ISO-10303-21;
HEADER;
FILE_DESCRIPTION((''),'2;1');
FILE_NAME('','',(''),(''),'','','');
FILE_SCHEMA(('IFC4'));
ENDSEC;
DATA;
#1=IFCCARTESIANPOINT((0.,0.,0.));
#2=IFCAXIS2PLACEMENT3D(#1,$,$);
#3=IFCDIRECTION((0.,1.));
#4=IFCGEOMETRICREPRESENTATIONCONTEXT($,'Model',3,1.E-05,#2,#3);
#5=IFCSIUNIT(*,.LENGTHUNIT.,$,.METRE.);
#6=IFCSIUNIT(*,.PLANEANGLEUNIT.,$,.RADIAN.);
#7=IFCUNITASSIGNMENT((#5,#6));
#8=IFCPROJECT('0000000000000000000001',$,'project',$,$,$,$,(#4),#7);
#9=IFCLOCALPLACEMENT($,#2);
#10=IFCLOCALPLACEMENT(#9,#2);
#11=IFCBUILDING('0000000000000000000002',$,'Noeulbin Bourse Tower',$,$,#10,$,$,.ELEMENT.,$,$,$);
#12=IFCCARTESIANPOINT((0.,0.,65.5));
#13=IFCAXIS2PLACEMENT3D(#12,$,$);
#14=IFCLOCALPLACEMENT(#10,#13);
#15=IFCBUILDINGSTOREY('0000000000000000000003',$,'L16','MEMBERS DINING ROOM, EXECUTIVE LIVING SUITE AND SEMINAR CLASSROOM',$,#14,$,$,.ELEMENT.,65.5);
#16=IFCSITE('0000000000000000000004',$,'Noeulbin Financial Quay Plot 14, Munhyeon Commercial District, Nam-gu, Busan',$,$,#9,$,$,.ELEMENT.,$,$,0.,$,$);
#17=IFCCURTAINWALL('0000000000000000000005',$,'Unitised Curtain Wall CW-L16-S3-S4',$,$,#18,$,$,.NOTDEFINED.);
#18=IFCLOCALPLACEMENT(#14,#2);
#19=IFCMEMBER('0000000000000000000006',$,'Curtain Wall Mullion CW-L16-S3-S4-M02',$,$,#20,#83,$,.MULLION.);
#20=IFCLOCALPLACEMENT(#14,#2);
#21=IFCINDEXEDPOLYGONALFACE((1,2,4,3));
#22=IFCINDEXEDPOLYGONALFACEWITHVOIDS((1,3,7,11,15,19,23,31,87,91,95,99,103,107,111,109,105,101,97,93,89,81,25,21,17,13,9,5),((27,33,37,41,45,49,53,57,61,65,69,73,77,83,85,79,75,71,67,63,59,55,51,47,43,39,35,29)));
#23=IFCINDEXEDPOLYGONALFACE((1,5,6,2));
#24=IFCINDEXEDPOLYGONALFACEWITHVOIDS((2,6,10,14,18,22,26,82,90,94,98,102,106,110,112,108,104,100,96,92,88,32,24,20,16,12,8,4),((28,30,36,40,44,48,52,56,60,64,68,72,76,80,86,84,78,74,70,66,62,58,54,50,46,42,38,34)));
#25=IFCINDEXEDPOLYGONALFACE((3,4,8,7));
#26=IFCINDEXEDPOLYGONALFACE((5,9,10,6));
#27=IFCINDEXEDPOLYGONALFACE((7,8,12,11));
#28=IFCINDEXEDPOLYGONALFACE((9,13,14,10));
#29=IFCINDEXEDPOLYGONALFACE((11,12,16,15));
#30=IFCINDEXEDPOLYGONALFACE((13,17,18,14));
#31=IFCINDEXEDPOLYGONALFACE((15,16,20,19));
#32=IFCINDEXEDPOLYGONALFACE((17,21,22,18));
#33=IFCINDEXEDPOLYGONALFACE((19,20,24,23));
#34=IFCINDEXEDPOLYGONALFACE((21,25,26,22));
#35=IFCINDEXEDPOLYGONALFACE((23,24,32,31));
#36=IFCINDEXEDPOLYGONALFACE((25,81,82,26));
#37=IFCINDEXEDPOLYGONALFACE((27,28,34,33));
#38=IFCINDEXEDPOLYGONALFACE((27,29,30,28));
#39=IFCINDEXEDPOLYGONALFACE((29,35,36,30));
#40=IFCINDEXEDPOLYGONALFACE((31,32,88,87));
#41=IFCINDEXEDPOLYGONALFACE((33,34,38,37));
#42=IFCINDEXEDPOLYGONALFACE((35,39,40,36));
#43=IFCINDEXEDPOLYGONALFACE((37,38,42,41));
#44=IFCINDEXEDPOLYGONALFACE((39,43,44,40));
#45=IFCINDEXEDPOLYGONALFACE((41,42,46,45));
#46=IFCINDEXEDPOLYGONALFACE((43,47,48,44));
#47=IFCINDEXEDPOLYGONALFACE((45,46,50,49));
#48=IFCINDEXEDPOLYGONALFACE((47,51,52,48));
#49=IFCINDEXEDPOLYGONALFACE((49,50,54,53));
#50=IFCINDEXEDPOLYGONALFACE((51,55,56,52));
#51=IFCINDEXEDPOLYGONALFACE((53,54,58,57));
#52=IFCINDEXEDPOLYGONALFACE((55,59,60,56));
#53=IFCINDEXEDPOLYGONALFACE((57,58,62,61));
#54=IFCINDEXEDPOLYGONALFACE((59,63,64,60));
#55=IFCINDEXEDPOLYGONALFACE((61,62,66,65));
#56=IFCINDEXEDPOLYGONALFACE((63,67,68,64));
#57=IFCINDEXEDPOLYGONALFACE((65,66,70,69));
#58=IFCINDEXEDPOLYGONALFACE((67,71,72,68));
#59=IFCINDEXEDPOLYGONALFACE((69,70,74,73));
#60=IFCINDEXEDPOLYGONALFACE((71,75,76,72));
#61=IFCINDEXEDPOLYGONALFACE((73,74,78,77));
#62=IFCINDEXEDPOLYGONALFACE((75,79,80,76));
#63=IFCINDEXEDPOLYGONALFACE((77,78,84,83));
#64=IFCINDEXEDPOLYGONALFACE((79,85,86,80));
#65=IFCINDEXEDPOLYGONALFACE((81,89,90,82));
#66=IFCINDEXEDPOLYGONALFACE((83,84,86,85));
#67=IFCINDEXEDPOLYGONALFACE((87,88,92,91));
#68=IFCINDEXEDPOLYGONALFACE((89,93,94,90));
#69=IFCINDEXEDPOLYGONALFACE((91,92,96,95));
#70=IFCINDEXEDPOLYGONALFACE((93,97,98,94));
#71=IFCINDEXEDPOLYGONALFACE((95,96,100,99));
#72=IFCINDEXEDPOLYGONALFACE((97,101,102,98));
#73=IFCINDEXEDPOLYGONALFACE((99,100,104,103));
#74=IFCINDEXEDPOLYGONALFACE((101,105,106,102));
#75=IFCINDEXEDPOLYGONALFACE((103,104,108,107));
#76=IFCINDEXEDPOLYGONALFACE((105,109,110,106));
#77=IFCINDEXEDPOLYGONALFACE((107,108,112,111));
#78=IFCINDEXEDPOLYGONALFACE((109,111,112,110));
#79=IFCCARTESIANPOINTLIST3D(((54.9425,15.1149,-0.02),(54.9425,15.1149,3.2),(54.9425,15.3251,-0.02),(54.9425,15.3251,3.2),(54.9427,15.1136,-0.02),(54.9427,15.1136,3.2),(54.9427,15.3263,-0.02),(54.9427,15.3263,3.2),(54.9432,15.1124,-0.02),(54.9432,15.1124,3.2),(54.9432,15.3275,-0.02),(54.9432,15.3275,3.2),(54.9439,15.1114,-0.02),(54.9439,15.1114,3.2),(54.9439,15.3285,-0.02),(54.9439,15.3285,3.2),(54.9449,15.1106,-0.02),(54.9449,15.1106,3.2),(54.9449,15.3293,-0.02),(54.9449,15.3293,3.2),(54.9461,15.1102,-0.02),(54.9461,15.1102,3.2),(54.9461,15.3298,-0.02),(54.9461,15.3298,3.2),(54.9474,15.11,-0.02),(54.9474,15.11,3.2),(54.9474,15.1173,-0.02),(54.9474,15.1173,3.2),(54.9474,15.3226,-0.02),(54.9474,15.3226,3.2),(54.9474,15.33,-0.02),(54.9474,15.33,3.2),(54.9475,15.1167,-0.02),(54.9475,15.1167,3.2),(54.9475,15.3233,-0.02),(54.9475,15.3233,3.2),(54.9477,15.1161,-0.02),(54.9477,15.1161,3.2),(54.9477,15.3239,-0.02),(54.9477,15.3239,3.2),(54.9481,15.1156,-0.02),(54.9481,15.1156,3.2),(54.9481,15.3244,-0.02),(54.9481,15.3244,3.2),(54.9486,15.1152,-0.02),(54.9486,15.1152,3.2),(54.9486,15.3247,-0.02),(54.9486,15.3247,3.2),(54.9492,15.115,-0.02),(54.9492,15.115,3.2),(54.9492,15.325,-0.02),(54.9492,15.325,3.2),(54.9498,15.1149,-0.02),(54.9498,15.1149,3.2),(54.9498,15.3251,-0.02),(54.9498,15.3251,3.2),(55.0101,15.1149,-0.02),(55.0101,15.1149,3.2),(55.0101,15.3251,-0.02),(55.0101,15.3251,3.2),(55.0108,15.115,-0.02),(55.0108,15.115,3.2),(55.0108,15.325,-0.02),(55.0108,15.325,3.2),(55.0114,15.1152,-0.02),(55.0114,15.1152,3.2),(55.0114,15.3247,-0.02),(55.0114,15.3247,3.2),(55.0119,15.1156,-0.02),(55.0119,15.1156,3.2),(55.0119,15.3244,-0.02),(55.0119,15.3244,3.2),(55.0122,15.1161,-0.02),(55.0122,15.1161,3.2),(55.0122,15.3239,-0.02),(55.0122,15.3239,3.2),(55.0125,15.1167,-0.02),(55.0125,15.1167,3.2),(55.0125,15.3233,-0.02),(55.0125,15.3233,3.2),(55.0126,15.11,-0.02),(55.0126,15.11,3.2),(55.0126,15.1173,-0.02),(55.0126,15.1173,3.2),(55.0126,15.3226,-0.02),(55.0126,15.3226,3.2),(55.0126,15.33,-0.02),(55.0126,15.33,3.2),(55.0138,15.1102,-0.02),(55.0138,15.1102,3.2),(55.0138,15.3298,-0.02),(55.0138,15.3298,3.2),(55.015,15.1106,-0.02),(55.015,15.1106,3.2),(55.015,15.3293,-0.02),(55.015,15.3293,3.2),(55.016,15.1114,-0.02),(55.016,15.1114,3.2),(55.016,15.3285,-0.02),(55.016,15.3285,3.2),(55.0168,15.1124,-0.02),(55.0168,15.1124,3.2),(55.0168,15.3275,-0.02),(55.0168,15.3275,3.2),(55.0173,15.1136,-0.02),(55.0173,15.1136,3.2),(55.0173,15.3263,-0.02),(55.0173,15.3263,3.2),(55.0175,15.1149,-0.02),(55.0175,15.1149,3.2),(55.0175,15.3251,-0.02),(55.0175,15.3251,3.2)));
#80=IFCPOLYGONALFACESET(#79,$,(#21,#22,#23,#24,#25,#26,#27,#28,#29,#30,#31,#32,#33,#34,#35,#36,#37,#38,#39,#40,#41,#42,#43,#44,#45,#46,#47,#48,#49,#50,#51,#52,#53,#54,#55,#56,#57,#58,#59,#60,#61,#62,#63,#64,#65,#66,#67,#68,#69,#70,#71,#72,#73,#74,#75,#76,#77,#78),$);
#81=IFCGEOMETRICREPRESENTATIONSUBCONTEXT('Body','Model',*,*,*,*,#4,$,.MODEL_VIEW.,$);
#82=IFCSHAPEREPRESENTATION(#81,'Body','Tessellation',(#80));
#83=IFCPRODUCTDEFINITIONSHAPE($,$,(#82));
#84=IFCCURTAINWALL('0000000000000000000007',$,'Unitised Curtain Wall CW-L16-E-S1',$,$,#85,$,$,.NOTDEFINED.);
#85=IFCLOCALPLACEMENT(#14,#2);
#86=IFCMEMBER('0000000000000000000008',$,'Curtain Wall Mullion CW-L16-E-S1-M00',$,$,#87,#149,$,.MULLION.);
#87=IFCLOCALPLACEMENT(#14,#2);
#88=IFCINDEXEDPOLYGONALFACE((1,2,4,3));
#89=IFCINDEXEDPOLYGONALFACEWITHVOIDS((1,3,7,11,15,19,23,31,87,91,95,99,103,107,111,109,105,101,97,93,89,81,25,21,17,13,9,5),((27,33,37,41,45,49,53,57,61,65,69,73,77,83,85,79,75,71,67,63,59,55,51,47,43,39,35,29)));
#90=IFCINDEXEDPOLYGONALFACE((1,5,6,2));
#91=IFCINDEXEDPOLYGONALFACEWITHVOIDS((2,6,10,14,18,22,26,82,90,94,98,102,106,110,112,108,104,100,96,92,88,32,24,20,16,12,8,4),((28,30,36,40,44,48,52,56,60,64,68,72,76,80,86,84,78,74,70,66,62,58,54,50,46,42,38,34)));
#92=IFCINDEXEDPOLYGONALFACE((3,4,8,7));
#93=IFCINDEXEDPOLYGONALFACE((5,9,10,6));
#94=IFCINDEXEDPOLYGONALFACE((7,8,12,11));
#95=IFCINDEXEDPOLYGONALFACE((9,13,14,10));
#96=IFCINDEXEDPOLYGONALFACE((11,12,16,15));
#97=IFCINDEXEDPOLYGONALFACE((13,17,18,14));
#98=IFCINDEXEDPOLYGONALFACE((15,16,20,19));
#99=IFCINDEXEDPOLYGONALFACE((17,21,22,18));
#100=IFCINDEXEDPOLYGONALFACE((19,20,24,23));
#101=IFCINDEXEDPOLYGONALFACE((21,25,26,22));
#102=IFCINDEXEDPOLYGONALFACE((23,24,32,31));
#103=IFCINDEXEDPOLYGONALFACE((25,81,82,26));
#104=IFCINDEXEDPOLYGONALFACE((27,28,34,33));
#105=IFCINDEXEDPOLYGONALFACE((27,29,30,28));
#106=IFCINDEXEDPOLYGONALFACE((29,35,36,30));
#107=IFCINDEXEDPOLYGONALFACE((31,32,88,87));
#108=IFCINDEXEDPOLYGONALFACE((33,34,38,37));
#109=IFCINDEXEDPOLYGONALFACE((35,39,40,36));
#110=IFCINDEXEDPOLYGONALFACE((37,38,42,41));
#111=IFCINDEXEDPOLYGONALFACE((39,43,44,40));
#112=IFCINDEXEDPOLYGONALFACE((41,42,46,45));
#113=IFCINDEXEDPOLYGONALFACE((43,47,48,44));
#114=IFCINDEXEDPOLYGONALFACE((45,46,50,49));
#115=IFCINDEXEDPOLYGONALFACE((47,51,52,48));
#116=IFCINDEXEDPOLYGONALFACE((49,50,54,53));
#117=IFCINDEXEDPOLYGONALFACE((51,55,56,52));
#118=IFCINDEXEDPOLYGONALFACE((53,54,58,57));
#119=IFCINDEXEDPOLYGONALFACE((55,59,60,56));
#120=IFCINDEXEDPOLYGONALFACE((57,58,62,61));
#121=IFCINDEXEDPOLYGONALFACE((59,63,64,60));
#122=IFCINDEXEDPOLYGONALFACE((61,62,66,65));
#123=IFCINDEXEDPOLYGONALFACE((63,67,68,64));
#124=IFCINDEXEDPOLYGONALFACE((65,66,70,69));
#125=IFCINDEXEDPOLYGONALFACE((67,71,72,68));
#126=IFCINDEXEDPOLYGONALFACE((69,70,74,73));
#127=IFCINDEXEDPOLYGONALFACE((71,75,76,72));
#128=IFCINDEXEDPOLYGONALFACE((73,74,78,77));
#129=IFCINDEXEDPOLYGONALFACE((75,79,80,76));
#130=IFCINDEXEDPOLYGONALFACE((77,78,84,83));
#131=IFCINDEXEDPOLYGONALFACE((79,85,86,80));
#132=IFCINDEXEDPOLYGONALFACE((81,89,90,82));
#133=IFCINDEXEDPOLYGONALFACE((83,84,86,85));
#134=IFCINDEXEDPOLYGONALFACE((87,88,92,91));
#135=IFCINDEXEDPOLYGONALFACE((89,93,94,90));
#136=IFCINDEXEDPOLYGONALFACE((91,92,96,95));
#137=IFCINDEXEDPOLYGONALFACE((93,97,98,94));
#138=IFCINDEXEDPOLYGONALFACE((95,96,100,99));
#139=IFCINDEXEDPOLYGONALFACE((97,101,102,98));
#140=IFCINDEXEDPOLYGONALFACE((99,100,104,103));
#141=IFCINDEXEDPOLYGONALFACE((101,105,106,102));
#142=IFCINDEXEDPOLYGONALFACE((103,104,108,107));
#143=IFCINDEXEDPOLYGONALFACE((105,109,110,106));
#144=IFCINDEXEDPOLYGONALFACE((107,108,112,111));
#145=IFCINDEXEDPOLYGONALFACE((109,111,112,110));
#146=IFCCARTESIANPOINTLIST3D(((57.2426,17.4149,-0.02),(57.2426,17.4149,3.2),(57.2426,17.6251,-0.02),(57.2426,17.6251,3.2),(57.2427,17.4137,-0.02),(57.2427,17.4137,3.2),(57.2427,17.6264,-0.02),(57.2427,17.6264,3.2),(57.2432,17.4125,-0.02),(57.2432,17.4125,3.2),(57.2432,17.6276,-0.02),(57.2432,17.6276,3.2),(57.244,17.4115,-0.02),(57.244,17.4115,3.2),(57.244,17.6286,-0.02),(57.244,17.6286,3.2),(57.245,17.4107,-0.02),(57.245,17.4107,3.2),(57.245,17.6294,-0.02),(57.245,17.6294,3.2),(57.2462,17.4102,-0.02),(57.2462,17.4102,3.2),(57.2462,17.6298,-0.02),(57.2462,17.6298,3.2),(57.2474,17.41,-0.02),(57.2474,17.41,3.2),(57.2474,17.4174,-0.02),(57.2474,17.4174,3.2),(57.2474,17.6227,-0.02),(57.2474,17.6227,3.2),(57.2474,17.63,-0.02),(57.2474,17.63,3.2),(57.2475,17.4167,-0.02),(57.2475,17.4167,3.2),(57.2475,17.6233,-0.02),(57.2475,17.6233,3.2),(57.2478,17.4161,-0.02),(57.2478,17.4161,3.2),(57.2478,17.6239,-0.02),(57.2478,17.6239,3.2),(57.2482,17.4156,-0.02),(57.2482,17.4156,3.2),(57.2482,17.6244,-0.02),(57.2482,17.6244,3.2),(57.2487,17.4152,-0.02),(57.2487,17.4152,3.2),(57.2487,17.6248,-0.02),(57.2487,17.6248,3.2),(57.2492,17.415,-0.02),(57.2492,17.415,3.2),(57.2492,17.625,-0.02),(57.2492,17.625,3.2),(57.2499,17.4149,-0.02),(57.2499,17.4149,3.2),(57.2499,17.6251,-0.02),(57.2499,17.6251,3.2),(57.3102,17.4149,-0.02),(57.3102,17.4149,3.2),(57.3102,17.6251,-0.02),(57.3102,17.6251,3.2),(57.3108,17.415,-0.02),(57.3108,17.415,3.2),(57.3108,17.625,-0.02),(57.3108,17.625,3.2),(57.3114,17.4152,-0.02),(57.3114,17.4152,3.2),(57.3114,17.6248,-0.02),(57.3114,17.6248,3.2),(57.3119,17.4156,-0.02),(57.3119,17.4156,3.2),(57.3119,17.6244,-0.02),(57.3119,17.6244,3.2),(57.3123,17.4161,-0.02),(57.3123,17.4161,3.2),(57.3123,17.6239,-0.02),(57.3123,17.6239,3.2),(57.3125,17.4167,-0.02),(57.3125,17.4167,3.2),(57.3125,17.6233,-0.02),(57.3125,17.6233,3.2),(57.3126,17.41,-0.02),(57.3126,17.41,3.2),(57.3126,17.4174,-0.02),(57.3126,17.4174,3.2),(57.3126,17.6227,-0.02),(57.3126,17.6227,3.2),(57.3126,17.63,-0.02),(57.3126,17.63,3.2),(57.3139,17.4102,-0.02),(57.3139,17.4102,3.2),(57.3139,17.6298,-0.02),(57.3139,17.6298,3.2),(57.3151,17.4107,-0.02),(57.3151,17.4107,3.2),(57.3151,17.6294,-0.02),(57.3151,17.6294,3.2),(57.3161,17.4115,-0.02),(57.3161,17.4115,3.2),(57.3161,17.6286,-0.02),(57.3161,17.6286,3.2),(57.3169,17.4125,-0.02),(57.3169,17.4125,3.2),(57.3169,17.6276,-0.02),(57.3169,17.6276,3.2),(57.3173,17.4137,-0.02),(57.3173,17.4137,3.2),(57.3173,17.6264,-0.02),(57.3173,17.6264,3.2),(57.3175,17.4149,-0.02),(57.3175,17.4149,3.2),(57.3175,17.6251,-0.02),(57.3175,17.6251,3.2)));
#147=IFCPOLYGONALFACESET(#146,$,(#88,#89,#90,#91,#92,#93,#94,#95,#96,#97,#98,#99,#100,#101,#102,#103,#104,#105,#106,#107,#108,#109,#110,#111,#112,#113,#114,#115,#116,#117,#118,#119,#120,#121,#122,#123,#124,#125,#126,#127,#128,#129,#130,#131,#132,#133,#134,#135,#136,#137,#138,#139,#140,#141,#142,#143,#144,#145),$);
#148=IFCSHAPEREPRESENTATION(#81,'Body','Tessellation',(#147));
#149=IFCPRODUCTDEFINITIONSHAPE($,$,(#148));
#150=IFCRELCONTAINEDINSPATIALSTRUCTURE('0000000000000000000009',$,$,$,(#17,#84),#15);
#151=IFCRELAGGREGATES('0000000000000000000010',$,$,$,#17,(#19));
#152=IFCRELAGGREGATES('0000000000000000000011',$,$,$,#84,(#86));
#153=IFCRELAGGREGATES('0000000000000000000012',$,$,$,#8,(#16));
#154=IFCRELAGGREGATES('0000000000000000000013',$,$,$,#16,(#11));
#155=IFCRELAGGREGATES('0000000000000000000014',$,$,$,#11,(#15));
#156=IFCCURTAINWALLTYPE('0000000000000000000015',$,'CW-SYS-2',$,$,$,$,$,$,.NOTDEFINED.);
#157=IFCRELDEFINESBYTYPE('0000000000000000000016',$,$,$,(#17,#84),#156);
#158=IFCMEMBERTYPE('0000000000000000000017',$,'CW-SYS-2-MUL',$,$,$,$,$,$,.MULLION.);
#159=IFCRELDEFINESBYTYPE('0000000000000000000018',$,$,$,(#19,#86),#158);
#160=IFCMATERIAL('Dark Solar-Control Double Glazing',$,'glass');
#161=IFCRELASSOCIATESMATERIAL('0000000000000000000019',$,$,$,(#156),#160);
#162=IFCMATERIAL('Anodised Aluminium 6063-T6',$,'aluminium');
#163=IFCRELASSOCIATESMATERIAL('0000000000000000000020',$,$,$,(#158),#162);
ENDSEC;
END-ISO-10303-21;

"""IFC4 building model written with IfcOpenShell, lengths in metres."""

from ifc_helpers import new_model, si_unit, direction, frame, origin, origin_2d, place, context, subcontext, project, spatial, hollow_rectangle, extrude, material, material_profile, profile_set, type_object, element, aggregate, save


model = new_model("IFC4")

# Units and contexts
model_context = context("Model", 3, precision=1e-05, world=origin(), true_north=direction((0.0, 1.0)))
body_context = subcontext(model_context, "Body", "Model", "MODEL_VIEW")
ifc_project = project(units=[si_unit("LENGTHUNIT", "METRE"), si_unit("PLANEANGLEUNIT", "RADIAN")], contexts=[model_context])

# Site, building, storey
site_placement = place(None, origin())
site = spatial("IfcSite", under=ifc_project, at=site_placement, Name="Noeulbin Financial Quay Plot 14, Munhyeon Commercial District, Nam-gu, Busan", CompositionType="ELEMENT", RefElevation=0.0)
building_placement = place(site_placement, origin())
building = spatial("IfcBuilding", under=site, at=building_placement, Name="Noeulbin Bourse Tower", CompositionType="ELEMENT")
storey_placement = place(building_placement, frame((0.0, 0.0, 65.5)))
storey = spatial("IfcBuildingStorey", under=building, at=storey_placement, Name="L16", Description="MEMBERS DINING ROOM, EXECUTIVE LIVING SUITE AND SEMINAR CLASSROOM", CompositionType="ELEMENT", Elevation=65.5)

# Curtain walls, members
ifc_material_1 = material(Name="Dark Solar-Control Double Glazing", Category="glass")
curtain_wall_type = type_object("IfcCurtainWallType", Name="CW-SYS-2", PredefinedType="NOTDEFINED", material=ifc_material_1)
curtain_wall_1_placement = place(storey_placement, origin())
curtain_wall_1 = element("IfcCurtainWall", 1, at=curtain_wall_1_placement, inside=storey, type_object=curtain_wall_type, Name="Unitised Curtain Wall CW-L16-S3-S4", PredefinedType="NOTDEFINED")
ifc_material_2 = material(Name="Anodised Aluminium 6063-T6", Category="aluminium")
ifc_material_profile_1 = material_profile(ifc_material_2, hollow_rectangle(XDim=0.075, YDim=0.22, WallThickness=0.0049, InnerFilletRadius=0.0024, OuterFilletRadius=0.0049, at=origin_2d()), Name="ALU-MULL-75x220x5", Category="LoadBearing")
ifc_profile_set_1 = profile_set([ifc_material_profile_1], Name="Anodised Aluminium 6063-T6")
member_type_1 = type_object("IfcMemberType", Name="CW-SYS-2-MUL", PredefinedType="MULLION", material=ifc_profile_set_1)
member_1_placement = place(storey_placement, frame((54.98, 15.22, -0.02), z_axis=(0.0, 0.0, 1.0), x_axis=(1.0, 0.0, 0.0)))
member_1 = element("IfcMember", 2, at=member_1_placement, type_object=member_type_1, Name="Curtain Wall Mullion CW-L16-S3-S4-M02", PredefinedType="MULLION", context=body_context, shape_type="SweptSolid", body=[
    extrude(hollow_rectangle(XDim=0.075, YDim=0.22, WallThickness=0.0049, InnerFilletRadius=0.0024, OuterFilletRadius=0.0049, at=origin_2d()), origin(), (0.0, 0.0, 1.0), 3.22),
])
curtain_wall_2_placement = place(storey_placement, origin())
curtain_wall_2 = element("IfcCurtainWall", 3, at=curtain_wall_2_placement, inside=storey, type_object=curtain_wall_type, Name="Unitised Curtain Wall CW-L16-E-S1", PredefinedType="NOTDEFINED")
member_2_placement = place(storey_placement, frame((57.28, 17.52, -0.02), z_axis=(0.0, 0.0, 1.0), x_axis=(1.0, 0.0, 0.0)))
member_2 = element("IfcMember", 4, at=member_2_placement, type_object=member_type_1, Name="Curtain Wall Mullion CW-L16-E-S1-M00", PredefinedType="MULLION", context=body_context, shape_type="SweptSolid", body=[
    extrude(hollow_rectangle(XDim=0.075, YDim=0.22, WallThickness=0.0049, InnerFilletRadius=0.0024, OuterFilletRadius=0.0049, at=origin_2d()), origin(), (0.0, 0.0, 1.0), 3.22),
])

aggregate(curtain_wall_1, [member_1])
aggregate(curtain_wall_2, [member_2])

save(model, "model.ifc")
